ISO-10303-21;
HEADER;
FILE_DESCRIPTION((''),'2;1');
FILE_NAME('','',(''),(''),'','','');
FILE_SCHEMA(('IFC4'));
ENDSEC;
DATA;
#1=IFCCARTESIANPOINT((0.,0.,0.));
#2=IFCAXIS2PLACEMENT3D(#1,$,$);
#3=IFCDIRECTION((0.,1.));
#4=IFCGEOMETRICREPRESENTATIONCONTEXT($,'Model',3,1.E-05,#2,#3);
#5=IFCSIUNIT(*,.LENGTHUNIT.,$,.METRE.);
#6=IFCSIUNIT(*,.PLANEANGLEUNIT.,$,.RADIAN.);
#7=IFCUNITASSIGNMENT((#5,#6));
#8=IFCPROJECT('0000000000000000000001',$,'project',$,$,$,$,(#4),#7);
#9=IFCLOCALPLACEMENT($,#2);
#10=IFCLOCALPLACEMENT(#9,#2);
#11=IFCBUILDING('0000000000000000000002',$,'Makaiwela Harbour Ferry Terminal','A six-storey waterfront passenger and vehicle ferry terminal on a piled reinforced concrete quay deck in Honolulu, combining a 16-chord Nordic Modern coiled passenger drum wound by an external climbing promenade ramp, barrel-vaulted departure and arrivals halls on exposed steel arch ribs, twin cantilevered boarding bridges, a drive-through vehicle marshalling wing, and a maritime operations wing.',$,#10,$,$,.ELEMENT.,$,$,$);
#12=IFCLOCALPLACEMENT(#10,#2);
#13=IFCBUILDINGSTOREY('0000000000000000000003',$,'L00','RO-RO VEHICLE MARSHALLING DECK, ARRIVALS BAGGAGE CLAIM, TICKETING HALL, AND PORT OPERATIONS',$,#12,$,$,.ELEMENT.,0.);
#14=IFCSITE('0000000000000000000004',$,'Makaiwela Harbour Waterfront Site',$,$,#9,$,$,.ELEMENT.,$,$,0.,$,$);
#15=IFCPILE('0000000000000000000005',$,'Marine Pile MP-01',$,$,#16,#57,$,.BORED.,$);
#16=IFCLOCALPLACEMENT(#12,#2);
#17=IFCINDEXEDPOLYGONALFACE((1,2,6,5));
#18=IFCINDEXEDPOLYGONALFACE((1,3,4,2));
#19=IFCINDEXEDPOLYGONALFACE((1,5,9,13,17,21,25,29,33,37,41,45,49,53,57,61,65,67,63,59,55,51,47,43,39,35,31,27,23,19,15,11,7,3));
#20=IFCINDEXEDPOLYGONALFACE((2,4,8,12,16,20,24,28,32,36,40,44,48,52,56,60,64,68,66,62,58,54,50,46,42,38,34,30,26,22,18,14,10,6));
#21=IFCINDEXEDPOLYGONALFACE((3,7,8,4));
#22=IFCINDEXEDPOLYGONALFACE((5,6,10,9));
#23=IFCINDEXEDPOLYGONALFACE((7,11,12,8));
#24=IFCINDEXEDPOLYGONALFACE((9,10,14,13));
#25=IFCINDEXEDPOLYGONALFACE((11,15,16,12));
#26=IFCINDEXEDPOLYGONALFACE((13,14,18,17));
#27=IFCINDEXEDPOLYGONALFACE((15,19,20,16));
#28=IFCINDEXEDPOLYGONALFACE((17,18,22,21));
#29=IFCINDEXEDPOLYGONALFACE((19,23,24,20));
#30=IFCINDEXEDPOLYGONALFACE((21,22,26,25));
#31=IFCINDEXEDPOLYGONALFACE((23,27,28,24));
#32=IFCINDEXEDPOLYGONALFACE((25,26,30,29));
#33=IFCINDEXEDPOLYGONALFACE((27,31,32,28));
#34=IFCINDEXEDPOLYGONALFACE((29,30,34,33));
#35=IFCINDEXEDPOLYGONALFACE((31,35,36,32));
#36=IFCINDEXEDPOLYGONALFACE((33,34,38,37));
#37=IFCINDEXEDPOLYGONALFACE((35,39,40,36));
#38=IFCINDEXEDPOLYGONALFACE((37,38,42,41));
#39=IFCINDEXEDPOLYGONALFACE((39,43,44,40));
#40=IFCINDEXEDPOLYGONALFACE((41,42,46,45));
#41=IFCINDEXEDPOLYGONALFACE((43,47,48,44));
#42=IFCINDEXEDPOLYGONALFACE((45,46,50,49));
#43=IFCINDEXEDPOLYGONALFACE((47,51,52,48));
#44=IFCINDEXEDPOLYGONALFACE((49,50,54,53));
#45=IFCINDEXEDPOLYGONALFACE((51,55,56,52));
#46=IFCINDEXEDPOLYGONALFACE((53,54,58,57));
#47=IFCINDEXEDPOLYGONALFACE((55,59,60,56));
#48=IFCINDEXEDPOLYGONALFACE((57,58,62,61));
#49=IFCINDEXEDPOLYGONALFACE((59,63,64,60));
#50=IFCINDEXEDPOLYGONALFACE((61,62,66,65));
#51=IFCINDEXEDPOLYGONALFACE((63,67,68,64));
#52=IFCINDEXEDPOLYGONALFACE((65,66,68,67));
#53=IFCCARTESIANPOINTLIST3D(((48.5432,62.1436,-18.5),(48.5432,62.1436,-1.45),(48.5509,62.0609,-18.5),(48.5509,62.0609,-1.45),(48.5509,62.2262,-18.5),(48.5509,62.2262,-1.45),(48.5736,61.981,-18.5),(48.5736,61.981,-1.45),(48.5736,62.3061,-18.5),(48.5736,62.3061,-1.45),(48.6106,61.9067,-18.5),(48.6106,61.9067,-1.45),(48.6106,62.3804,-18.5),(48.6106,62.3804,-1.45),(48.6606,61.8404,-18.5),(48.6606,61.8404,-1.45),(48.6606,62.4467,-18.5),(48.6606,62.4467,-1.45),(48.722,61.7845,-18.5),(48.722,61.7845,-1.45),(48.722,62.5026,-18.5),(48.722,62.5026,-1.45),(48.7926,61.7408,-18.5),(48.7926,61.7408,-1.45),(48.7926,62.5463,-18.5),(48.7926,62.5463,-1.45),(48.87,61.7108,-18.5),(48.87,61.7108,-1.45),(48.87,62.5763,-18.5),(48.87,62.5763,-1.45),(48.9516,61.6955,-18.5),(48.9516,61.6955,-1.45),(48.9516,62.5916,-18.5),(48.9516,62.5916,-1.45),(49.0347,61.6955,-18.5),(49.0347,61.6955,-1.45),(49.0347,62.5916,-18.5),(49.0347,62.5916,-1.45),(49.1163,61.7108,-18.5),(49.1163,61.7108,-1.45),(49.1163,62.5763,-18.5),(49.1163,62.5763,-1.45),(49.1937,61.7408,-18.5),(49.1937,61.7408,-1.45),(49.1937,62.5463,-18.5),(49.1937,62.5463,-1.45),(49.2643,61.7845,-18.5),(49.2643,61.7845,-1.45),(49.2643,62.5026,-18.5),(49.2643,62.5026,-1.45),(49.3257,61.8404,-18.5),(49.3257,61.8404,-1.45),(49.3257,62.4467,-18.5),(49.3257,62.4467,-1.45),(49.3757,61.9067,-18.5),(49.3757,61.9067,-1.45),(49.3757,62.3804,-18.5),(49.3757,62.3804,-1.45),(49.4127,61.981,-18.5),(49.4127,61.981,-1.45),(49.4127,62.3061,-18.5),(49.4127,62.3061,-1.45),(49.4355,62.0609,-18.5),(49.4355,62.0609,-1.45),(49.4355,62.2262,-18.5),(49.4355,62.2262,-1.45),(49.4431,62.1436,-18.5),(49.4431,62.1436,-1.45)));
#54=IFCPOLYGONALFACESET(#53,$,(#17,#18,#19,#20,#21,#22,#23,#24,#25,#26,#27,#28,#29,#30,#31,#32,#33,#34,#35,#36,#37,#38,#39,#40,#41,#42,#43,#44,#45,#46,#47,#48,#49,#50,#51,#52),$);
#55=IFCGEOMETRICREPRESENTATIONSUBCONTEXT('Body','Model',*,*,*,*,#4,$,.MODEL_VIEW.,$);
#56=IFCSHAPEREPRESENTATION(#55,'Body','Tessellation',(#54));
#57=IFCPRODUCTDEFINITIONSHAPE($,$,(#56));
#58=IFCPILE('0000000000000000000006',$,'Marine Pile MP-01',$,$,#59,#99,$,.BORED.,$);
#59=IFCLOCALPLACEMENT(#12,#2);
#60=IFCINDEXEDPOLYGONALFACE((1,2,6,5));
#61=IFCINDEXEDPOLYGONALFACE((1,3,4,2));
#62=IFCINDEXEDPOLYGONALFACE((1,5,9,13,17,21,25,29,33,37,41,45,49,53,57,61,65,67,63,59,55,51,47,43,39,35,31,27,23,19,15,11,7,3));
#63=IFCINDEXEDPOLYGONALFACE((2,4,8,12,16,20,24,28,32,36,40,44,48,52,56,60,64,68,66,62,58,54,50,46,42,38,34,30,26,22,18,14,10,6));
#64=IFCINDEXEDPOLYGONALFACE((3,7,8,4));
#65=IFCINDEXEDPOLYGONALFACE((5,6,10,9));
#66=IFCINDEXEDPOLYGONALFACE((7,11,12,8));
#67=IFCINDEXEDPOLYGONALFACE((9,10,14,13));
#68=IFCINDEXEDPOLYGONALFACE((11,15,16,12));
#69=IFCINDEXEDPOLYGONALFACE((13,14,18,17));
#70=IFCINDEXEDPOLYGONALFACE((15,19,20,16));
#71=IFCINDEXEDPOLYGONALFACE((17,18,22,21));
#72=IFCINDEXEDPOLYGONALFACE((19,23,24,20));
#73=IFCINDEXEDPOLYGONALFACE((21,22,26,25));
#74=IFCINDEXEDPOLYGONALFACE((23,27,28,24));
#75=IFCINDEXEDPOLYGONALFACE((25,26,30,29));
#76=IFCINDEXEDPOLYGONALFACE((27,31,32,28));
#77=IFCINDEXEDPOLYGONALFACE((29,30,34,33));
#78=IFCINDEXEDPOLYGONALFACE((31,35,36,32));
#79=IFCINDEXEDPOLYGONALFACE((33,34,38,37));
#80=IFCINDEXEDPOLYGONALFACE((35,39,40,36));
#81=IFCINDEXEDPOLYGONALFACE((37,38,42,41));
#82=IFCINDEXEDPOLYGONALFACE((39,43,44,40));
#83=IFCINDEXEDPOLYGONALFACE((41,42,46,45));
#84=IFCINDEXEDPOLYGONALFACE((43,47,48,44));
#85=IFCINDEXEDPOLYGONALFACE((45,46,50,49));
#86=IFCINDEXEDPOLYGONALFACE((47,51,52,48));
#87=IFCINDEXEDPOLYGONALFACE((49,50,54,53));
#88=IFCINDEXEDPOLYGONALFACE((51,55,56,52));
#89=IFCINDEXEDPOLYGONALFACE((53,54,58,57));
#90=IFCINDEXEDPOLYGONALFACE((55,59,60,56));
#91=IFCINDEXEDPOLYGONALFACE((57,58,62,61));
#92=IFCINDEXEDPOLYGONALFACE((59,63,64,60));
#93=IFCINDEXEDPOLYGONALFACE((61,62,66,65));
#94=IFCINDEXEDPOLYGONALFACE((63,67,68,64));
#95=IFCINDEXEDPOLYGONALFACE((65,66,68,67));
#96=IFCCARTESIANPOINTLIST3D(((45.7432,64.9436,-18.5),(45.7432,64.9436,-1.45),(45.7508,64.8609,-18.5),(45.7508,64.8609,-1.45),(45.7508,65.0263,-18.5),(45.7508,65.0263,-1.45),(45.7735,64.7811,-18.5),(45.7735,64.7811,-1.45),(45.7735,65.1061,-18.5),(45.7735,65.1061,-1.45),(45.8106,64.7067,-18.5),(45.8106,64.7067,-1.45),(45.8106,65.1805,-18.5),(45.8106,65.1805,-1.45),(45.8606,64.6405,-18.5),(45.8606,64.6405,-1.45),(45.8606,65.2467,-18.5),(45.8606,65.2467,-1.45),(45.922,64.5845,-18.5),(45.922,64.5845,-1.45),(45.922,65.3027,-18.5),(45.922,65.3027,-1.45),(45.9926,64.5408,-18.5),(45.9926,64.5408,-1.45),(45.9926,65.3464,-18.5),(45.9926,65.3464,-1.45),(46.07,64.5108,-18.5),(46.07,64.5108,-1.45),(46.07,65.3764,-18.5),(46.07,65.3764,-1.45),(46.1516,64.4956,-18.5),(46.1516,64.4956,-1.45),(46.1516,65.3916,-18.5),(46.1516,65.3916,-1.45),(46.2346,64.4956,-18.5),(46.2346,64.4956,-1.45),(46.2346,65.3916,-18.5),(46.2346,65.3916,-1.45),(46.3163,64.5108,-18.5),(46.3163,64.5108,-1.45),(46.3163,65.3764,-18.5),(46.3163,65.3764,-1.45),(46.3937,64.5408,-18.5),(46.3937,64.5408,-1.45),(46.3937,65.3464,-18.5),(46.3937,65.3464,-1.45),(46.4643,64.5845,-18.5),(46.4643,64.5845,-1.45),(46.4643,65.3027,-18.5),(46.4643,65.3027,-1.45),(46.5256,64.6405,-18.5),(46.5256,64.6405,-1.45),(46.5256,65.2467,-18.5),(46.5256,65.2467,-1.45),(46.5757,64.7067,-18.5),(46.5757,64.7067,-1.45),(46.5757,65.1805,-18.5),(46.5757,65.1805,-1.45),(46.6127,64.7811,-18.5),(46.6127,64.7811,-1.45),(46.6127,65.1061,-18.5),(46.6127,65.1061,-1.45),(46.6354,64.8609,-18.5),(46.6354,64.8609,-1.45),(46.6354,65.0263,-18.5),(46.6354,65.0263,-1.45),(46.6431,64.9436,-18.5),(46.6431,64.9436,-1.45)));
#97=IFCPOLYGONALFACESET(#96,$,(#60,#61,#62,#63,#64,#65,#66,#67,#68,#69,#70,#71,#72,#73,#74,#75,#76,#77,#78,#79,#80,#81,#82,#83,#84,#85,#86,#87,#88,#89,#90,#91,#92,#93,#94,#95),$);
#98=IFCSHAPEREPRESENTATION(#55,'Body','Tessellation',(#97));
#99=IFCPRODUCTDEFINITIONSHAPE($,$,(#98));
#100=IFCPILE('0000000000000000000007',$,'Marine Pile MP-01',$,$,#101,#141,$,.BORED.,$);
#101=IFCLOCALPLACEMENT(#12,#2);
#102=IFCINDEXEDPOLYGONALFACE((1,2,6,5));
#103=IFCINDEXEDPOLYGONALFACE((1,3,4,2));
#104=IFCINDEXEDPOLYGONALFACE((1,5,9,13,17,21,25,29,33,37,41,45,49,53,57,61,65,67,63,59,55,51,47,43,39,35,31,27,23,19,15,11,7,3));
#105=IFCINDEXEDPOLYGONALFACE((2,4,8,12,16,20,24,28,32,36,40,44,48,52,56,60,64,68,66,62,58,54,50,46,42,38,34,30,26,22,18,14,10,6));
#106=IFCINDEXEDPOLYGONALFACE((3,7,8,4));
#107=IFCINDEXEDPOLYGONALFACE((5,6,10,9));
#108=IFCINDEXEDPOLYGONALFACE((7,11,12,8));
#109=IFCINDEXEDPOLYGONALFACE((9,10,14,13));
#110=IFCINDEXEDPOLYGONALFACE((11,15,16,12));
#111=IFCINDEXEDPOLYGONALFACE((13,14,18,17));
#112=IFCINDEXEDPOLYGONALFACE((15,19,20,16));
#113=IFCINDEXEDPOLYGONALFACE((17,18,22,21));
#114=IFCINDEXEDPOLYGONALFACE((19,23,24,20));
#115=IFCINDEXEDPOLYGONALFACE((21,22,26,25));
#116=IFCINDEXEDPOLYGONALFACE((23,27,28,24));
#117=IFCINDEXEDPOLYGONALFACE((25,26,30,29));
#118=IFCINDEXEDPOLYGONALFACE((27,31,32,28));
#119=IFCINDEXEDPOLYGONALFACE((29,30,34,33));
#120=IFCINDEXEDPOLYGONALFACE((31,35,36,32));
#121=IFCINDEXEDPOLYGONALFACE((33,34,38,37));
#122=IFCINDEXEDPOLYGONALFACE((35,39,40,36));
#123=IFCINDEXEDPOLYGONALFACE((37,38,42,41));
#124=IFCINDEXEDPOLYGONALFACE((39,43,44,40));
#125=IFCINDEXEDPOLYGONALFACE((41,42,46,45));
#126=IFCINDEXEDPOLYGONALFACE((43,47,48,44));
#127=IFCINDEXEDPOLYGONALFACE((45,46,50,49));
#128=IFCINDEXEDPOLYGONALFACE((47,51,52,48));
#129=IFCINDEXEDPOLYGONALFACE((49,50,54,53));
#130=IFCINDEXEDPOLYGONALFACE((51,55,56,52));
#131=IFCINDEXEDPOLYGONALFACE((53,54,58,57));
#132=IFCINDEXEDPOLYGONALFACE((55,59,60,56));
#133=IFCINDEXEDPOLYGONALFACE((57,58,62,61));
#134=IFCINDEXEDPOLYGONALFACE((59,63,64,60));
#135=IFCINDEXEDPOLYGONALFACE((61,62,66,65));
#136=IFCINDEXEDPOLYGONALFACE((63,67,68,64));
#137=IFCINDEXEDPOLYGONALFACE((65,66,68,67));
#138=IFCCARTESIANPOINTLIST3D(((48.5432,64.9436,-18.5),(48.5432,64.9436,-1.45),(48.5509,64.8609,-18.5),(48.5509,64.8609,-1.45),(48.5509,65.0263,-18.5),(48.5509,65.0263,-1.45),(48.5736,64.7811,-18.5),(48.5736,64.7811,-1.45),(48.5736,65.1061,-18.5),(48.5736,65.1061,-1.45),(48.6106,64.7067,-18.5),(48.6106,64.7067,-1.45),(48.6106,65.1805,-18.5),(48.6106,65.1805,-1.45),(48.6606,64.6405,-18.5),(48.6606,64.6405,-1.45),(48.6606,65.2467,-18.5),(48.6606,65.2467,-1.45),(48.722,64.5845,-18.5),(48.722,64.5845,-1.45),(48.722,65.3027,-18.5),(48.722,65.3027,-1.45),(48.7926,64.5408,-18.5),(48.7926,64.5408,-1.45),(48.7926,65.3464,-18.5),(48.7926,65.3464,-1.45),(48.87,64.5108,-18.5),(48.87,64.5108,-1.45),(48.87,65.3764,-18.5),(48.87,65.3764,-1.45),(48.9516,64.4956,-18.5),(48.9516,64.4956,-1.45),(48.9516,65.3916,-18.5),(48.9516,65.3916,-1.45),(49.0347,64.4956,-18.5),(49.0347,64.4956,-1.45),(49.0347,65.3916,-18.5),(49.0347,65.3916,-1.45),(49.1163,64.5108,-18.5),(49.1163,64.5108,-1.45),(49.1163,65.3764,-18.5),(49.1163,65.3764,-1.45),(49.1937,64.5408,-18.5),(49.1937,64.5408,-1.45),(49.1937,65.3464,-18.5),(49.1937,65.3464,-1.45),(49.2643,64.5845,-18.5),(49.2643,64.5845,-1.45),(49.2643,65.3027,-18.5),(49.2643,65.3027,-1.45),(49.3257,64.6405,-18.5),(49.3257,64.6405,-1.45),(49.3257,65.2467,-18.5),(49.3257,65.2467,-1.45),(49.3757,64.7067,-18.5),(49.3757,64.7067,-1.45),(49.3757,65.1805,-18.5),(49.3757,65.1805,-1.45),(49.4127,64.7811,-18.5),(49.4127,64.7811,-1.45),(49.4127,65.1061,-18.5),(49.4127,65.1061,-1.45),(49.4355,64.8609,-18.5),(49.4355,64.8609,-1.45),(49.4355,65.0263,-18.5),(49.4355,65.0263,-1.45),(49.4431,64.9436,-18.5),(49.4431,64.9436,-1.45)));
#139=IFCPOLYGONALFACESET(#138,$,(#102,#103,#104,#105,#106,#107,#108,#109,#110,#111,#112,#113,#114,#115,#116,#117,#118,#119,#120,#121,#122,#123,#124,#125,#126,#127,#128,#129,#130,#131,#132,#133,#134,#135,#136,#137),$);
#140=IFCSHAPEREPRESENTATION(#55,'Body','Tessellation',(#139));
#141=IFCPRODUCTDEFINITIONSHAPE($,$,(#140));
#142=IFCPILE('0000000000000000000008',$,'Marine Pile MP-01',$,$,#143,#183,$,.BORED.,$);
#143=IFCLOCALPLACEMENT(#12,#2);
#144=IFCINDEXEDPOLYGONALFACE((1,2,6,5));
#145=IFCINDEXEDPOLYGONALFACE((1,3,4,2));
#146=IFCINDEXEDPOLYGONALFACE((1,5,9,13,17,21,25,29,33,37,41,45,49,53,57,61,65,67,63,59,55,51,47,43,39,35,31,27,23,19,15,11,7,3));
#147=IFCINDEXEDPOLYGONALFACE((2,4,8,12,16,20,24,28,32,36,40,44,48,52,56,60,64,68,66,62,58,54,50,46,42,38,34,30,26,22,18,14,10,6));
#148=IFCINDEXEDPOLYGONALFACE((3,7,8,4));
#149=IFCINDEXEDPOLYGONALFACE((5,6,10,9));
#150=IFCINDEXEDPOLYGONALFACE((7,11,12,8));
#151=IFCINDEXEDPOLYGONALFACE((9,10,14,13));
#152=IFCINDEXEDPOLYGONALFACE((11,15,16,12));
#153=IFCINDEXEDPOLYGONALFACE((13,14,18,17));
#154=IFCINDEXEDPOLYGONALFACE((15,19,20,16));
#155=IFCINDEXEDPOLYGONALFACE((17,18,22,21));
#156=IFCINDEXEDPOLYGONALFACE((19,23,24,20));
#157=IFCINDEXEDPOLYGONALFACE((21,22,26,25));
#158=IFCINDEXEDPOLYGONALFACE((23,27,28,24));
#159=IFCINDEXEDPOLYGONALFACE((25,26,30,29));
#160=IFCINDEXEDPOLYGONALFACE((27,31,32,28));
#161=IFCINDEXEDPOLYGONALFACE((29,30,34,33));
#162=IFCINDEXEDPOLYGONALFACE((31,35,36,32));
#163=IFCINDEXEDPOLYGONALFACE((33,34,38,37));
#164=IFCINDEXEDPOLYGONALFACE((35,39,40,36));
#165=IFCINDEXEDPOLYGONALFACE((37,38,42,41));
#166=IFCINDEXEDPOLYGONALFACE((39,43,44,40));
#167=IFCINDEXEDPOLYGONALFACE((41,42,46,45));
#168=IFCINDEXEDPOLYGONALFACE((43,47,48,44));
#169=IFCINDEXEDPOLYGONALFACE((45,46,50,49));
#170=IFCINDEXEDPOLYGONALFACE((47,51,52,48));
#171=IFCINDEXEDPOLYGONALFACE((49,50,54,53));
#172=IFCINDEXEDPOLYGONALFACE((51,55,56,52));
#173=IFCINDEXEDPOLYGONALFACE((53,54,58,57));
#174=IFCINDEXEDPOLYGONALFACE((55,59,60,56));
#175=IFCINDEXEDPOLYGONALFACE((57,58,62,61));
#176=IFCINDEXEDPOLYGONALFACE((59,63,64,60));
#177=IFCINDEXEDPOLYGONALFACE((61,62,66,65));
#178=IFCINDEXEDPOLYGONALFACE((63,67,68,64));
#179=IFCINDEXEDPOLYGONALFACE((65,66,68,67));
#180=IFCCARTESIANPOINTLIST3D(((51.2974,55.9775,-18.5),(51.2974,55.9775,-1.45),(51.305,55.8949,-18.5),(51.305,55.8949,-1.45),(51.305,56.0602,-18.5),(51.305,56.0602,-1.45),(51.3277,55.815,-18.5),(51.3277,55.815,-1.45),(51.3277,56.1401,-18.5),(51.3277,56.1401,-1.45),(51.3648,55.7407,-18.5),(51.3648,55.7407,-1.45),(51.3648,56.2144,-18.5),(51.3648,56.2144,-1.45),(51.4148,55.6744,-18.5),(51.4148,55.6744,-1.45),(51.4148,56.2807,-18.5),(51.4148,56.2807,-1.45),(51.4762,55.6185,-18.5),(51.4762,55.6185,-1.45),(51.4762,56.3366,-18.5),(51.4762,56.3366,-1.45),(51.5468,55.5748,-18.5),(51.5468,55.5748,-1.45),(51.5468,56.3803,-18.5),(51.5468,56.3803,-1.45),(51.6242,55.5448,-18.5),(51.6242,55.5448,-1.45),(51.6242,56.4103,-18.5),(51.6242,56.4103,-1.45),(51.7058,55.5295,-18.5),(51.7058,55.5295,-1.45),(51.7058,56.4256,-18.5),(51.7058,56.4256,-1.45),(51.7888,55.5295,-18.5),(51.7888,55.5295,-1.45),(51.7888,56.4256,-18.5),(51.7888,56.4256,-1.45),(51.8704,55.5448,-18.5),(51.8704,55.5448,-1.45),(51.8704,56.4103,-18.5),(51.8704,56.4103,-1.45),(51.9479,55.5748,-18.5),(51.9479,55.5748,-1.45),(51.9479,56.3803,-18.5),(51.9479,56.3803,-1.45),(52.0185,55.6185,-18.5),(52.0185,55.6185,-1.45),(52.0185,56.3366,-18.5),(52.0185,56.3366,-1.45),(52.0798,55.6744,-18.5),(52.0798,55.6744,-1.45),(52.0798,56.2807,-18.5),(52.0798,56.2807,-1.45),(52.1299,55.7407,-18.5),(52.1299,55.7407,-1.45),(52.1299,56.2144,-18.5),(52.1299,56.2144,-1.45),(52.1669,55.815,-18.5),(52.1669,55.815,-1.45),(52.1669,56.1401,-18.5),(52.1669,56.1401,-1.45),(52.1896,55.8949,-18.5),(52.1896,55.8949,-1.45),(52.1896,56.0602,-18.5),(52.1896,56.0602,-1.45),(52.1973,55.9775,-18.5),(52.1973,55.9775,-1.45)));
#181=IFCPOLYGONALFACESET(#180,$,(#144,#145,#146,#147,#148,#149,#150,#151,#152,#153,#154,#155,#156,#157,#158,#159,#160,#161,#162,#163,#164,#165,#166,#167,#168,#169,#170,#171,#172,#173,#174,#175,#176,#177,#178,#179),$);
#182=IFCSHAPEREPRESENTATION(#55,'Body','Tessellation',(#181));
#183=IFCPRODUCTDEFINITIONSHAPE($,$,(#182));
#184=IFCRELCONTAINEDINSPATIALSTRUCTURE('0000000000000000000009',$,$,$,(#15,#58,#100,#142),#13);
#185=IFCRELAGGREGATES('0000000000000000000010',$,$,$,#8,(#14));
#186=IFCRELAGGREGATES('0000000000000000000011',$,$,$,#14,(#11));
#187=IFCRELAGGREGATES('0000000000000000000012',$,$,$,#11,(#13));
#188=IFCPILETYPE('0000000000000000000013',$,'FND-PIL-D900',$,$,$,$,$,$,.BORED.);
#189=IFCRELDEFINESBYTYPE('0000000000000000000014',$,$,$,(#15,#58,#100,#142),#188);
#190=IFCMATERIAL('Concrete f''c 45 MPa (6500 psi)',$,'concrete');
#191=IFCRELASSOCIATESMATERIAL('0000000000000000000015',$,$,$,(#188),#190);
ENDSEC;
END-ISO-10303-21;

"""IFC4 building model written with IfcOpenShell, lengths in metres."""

from ifc_helpers import new_model, si_unit, direction, frame, origin, origin_2d, place, context, subcontext, project, spatial, circle, extrude, material, material_profile, profile_set, type_object, element, save


model = new_model("IFC4")

# Units and contexts
model_context = context("Model", 3, precision=1e-05, world=origin(), true_north=direction((0.0, 1.0)))
body_context = subcontext(model_context, "Body", "Model", "MODEL_VIEW")
ifc_project = project(units=[si_unit("LENGTHUNIT", "METRE"), si_unit("PLANEANGLEUNIT", "RADIAN")], contexts=[model_context])

# Site, building, storey
site_placement = place(None, origin())
site = spatial("IfcSite", under=ifc_project, at=site_placement, Name="Makaiwela Harbour Waterfront Site", CompositionType="ELEMENT", RefElevation=0.0)
building_placement = place(site_placement, origin())
building = spatial("IfcBuilding", under=site, at=building_placement, Name="Makaiwela Harbour Ferry Terminal", Description="A six-storey waterfront passenger and vehicle ferry terminal on a piled reinforced concrete quay deck in Honolulu, combining a 16-chord Nordic Modern coiled passenger drum wound by an external climbing promenade ramp, barrel-vaulted departure and arrivals halls on exposed steel arch ribs, twin cantilevered boarding bridges, a drive-through vehicle marshalling wing, and a maritime operations wing.", CompositionType="ELEMENT")
storey_placement = place(building_placement, origin())
storey = spatial("IfcBuildingStorey", under=building, at=storey_placement, Name="L00", Description="RO-RO VEHICLE MARSHALLING DECK, ARRIVALS BAGGAGE CLAIM, TICKETING HALL, AND PORT OPERATIONS", CompositionType="ELEMENT", Elevation=0.0)

# Shared definitions
ifc_material_1 = material(Name="Concrete f'c 45 MPa (6500 psi)", Category="concrete")

# Piles
ifc_material_profile_1 = material_profile(ifc_material_1, circle(Radius=0.45, at=origin_2d()), Name="PILE-D900")
ifc_profile_set_1 = profile_set([ifc_material_profile_1], Name="Concrete f'c 45 MPa (6500 psi)")
pile_type_1 = type_object("IfcPileType", Name="FND-PIL-D900", PredefinedType="BORED", material=ifc_profile_set_1)
for number, where, z_axis, x_axis, name in (
    (1, (48.9932, 62.1436, -1.45), (0.0, 0.0, -1.0), (1.0, 0.0, 0.0), "Marine Pile MP-01"),
    (2, (46.1931, 64.9436, -1.45), (0.0, 0.0, -1.0), (1.0, 0.0, 0.0), "Marine Pile MP-01"),
    (3, (48.9932, 64.9436, -1.45), (0.0, 0.0, -1.0), (1.0, 0.0, 0.0), "Marine Pile MP-01"),
    (4, (51.7473, 55.9775, -1.45), (0.0, 0.0, -1.0), (1.0, 0.0, 0.0), "Marine Pile MP-01"),
):
    element("IfcPile", number, at=place(storey_placement, frame(where, z_axis=z_axis, x_axis=x_axis)), inside=storey, type_object=pile_type_1, Name=name, PredefinedType="BORED", context=body_context, shape_type="SweptSolid", body=[
        extrude(circle(Radius=0.45, at=origin_2d()), origin(), (0.0, 0.0, 1.0), 17.05),
    ])

save(model, "model.ifc")
